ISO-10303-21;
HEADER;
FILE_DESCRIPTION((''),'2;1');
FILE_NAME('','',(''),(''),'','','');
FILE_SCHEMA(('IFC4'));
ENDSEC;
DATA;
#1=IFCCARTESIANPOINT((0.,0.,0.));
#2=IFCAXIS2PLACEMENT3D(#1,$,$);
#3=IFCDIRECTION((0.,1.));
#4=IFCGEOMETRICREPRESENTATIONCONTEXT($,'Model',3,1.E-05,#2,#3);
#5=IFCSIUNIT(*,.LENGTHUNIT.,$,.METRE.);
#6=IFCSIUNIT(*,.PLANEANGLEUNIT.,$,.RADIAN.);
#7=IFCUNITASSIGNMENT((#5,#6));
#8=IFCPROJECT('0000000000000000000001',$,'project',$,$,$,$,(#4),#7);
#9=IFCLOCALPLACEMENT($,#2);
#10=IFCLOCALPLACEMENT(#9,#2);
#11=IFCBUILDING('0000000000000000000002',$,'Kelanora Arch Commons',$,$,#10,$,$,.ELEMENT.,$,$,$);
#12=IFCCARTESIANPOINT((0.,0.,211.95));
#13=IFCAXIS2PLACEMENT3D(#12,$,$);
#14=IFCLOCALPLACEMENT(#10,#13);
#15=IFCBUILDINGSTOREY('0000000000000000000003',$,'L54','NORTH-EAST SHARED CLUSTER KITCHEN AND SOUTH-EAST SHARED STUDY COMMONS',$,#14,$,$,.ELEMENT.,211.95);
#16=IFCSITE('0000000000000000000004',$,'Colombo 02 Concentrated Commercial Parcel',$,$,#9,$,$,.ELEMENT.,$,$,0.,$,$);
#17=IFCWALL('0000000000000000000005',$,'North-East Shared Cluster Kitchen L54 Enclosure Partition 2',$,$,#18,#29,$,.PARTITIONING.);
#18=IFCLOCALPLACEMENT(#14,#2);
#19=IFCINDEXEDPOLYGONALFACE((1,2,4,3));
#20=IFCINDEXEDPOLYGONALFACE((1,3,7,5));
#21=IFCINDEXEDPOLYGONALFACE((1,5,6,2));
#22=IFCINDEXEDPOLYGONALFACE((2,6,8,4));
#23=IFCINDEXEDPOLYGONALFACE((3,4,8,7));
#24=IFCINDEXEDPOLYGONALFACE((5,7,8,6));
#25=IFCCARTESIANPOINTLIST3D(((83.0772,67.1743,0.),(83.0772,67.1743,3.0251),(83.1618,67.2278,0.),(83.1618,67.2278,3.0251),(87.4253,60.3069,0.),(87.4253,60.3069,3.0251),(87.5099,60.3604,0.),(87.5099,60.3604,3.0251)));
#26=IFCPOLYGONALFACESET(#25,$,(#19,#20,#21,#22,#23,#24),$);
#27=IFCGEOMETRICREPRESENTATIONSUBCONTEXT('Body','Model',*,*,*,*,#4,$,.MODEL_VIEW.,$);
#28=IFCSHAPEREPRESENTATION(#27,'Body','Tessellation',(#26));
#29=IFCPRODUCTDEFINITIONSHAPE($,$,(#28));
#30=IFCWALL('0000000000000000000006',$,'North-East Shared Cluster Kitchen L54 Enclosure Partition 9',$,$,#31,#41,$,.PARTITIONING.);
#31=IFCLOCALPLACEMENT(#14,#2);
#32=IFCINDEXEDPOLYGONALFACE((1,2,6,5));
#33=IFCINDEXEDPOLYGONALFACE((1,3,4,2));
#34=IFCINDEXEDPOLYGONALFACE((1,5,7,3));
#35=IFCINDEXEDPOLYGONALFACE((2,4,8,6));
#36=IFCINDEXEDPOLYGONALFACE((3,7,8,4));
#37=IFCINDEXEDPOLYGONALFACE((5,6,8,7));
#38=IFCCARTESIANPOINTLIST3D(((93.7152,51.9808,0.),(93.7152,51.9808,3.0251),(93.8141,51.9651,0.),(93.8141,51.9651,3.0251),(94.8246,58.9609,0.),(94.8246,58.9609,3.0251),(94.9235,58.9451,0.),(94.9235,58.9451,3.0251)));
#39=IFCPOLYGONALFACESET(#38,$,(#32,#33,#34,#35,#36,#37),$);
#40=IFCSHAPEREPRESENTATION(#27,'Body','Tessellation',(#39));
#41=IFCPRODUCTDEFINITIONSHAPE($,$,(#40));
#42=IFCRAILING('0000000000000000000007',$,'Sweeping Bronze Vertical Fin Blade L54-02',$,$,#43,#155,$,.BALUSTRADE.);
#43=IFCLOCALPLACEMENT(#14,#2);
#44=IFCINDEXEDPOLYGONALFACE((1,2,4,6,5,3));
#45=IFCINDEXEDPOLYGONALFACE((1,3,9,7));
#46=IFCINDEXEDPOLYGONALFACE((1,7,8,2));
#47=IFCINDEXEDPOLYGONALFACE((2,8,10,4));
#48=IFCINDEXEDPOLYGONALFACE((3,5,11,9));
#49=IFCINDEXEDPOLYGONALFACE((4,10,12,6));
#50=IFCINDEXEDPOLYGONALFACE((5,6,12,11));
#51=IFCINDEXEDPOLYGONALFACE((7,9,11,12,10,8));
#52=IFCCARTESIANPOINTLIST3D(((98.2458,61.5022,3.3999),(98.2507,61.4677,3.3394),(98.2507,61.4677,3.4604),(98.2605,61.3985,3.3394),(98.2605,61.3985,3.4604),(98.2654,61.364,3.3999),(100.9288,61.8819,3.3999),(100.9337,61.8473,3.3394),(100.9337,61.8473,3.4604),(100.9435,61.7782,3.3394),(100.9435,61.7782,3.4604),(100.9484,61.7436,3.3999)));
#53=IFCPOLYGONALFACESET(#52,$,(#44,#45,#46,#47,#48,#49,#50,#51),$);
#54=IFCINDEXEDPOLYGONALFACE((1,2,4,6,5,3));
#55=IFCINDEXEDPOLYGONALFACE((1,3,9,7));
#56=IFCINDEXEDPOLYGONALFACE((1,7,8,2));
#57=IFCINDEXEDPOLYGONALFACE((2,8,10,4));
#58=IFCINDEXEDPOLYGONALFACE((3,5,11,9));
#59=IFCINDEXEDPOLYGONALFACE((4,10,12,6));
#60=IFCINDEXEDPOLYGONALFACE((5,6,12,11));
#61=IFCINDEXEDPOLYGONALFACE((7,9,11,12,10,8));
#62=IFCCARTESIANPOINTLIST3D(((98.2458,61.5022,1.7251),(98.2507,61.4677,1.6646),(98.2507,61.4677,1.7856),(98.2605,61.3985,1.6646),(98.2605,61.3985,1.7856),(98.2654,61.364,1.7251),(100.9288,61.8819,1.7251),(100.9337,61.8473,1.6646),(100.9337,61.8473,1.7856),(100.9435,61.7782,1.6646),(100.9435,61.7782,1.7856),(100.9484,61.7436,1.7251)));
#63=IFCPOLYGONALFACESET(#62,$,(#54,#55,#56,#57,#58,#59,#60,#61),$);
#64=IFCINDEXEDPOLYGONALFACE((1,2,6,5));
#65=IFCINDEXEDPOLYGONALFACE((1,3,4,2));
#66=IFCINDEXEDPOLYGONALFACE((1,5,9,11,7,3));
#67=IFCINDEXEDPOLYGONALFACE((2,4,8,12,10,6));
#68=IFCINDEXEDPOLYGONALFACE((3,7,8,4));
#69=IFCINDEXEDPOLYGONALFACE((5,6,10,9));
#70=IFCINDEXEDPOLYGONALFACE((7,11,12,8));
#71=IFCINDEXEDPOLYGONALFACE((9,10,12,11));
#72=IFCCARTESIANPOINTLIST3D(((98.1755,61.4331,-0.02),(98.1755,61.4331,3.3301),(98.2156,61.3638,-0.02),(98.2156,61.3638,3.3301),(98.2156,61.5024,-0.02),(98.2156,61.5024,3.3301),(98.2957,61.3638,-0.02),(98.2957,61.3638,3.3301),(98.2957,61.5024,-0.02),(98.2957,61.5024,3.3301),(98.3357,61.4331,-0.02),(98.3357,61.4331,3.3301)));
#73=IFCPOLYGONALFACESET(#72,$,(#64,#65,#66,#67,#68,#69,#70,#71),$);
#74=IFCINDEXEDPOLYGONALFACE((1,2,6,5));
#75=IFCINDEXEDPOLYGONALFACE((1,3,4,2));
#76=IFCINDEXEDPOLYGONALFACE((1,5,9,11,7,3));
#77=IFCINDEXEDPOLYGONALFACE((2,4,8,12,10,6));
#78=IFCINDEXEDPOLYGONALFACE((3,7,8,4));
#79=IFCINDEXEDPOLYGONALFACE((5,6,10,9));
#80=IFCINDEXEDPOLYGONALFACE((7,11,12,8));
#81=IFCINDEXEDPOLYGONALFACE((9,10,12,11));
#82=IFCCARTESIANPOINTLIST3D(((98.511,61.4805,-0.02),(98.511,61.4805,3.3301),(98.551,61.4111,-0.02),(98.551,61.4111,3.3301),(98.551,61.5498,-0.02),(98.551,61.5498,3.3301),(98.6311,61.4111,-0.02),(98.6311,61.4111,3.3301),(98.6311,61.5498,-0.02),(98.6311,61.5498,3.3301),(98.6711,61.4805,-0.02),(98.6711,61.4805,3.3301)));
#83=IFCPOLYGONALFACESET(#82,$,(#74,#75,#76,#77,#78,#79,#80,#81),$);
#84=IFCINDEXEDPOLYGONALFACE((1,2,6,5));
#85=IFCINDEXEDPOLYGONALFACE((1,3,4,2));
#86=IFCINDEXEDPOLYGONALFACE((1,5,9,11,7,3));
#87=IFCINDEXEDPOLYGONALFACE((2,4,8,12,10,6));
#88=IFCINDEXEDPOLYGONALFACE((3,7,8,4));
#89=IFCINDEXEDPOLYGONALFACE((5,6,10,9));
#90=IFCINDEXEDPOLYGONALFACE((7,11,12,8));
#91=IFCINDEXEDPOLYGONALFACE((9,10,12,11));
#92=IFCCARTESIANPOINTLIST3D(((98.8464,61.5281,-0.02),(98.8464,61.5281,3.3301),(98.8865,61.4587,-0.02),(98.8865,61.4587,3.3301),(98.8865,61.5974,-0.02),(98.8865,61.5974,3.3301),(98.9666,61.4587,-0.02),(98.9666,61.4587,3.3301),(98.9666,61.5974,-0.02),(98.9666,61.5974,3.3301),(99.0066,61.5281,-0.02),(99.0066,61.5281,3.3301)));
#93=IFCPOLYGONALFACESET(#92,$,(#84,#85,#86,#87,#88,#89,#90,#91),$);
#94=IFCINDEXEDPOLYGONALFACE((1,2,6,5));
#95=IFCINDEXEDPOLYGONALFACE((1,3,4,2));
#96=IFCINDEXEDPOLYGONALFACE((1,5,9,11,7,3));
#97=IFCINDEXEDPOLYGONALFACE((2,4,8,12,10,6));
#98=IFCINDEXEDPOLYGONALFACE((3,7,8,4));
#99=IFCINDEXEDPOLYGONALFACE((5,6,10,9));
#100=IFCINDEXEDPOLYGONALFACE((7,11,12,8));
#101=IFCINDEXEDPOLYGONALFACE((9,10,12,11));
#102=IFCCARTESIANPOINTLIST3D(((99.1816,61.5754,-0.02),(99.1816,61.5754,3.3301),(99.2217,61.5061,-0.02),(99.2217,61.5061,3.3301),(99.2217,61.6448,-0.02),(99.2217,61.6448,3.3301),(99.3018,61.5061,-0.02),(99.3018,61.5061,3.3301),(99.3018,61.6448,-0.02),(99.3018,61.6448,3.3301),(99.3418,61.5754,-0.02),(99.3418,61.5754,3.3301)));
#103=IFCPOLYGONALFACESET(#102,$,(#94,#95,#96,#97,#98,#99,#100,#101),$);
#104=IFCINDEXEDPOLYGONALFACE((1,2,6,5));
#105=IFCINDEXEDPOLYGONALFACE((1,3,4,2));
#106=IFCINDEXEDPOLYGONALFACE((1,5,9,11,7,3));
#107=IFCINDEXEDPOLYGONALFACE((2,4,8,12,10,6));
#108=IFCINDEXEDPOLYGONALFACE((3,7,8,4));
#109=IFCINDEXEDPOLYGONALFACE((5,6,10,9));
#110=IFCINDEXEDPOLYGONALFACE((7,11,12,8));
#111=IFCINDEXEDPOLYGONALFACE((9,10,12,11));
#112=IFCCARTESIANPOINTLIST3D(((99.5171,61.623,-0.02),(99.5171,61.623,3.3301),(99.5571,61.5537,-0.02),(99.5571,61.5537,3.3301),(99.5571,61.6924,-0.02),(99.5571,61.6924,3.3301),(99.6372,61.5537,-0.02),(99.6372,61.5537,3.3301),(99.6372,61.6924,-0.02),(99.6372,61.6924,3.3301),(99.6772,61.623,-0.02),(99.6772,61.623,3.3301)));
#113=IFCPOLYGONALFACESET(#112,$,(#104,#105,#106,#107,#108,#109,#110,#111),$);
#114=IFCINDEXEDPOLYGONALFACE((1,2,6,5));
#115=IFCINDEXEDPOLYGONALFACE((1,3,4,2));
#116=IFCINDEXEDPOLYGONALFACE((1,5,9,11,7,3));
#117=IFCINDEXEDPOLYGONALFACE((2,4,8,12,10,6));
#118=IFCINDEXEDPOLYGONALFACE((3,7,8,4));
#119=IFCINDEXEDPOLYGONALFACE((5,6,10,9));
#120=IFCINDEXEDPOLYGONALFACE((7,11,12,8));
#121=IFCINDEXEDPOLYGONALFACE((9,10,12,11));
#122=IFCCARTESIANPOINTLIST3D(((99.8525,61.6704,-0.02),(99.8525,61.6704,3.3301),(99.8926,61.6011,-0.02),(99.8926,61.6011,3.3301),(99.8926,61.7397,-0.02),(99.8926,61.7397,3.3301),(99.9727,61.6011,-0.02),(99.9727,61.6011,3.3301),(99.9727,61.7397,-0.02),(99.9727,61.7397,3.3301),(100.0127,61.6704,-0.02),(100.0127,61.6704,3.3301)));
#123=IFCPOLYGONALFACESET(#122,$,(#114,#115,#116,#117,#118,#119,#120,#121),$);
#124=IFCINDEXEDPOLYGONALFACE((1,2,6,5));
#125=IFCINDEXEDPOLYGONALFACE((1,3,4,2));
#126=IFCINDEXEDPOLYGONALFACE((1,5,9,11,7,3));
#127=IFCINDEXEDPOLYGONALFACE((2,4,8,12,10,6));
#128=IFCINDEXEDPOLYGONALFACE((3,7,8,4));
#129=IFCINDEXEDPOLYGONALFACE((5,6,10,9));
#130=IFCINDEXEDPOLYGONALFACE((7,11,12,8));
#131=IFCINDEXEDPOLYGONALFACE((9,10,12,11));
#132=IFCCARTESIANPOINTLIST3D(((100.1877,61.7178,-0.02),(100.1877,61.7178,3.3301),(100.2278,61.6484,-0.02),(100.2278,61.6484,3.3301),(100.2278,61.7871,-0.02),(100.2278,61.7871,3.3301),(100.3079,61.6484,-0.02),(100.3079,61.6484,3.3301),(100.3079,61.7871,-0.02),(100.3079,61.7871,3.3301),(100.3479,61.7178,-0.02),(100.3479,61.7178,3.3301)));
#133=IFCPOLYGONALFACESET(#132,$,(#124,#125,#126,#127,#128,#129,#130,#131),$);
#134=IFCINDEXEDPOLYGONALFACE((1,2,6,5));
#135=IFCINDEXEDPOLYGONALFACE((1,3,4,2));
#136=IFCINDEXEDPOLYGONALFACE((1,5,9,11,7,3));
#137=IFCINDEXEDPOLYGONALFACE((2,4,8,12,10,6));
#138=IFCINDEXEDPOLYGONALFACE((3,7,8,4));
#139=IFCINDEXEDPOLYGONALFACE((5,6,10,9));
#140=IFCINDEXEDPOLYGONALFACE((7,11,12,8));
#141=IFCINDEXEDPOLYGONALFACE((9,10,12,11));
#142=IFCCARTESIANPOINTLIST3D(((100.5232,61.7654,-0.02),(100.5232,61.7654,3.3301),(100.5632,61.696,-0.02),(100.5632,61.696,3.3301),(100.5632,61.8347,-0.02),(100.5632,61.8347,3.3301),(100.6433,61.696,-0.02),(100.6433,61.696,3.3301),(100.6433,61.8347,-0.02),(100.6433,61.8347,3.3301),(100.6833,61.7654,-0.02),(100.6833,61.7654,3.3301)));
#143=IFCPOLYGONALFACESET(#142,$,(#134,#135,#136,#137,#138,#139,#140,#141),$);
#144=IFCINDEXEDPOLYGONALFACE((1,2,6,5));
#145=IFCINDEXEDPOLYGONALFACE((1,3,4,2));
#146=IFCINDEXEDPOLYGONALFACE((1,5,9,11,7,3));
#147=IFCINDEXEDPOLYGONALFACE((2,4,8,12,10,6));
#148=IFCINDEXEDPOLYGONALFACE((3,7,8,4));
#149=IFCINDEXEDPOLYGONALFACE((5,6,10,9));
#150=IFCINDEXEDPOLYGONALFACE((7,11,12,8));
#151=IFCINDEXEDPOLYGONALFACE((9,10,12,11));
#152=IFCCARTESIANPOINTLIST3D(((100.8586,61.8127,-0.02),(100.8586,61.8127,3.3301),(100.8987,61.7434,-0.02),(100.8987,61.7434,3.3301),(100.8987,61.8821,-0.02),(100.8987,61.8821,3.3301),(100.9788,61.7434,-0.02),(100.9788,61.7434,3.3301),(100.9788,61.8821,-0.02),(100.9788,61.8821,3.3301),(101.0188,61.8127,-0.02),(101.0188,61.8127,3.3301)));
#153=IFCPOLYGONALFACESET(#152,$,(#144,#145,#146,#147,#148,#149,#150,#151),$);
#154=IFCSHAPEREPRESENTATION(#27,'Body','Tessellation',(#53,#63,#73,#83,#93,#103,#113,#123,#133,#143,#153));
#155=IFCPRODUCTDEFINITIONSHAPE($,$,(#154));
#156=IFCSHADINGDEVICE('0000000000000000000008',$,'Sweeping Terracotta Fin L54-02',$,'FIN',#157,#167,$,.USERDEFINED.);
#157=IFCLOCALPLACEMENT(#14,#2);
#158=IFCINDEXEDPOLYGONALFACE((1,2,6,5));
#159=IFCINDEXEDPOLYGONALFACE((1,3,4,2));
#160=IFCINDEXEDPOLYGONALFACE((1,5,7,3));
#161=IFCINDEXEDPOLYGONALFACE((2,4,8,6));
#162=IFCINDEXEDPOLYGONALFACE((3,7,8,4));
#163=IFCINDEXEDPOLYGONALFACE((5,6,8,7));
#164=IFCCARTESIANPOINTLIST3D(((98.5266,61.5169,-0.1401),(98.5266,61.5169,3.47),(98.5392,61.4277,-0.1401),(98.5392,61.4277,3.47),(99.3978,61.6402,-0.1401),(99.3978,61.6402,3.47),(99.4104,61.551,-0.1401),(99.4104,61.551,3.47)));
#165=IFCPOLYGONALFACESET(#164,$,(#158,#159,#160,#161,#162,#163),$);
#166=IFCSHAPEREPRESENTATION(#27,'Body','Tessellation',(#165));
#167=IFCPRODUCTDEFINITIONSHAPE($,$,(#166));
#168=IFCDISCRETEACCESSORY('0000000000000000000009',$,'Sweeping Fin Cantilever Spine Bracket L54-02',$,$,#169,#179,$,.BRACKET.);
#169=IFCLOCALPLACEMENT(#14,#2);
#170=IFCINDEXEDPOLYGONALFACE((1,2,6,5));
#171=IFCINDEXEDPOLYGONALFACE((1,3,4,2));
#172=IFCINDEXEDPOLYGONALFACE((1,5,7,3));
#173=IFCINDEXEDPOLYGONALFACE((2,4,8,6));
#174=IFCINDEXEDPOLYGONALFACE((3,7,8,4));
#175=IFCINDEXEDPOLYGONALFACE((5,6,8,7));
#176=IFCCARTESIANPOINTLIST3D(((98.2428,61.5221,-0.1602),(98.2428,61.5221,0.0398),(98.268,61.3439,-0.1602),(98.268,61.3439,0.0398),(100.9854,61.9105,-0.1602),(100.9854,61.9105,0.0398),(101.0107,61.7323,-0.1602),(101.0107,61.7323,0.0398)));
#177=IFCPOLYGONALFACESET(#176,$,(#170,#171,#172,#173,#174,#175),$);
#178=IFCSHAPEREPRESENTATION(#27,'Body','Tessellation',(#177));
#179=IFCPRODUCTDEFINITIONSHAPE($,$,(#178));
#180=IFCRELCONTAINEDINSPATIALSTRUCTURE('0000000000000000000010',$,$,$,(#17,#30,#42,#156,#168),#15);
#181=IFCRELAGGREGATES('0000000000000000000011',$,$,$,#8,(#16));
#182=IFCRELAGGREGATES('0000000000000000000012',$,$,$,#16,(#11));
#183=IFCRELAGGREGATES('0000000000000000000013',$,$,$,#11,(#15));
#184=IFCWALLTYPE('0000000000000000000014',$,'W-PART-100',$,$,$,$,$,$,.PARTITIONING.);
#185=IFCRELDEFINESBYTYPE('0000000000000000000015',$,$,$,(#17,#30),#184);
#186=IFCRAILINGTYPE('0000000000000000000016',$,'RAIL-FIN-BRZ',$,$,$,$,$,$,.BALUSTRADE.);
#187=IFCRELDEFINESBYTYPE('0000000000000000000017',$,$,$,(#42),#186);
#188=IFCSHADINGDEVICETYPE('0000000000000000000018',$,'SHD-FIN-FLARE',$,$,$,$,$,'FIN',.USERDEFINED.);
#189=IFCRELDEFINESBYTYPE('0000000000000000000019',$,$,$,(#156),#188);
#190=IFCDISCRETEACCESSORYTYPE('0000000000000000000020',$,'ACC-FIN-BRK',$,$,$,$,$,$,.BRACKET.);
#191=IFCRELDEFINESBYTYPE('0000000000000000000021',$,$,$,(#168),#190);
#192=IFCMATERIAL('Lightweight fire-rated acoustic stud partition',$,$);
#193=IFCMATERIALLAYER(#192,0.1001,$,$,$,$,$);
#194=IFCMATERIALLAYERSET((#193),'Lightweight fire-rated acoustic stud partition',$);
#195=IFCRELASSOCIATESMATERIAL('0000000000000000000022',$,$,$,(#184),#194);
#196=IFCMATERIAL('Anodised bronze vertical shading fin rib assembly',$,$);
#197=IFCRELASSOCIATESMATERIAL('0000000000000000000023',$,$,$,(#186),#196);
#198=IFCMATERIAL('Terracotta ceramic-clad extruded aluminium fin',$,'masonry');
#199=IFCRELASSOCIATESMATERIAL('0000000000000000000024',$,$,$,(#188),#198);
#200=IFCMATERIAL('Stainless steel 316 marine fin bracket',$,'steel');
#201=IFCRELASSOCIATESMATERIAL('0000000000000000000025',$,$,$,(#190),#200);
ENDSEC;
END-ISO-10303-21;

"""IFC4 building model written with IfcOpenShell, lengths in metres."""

from ifc_helpers import new_model, si_unit, direction, frame, frame_2d, origin, origin_2d, place, context, subcontext, project, spatial, polyline, rectangle, outline, extrude, source, transform, mapped, material, layer, layer_set, type_object, element, save


model = new_model("IFC4")

# Units and contexts
model_context = context("Model", 3, precision=1e-05, world=origin(), true_north=direction((0.0, 1.0)))
body_context = subcontext(model_context, "Body", "Model", "MODEL_VIEW")
ifc_project = project(units=[si_unit("LENGTHUNIT", "METRE"), si_unit("PLANEANGLEUNIT", "RADIAN")], contexts=[model_context])

# Site, building, storey
site_placement = place(None, origin())
site = spatial("IfcSite", under=ifc_project, at=site_placement, Name="Colombo 02 Concentrated Commercial Parcel", CompositionType="ELEMENT", RefElevation=0.0)
building_placement = place(site_placement, origin())
building = spatial("IfcBuilding", under=site, at=building_placement, Name="Kelanora Arch Commons", CompositionType="ELEMENT")
storey_placement = place(building_placement, frame((0.0, 0.0, 211.95)))
storey = spatial("IfcBuildingStorey", under=building, at=storey_placement, Name="L54", Description="NORTH-EAST SHARED CLUSTER KITCHEN AND SOUTH-EAST SHARED STUDY COMMONS", CompositionType="ELEMENT", Elevation=211.95)

# Walls
ifc_material_1 = material(Name="Lightweight fire-rated acoustic stud partition")
ifc_layer_1 = layer(ifc_material_1, 0.1001)
ifc_layer_set_1 = layer_set([ifc_layer_1], Name="Lightweight fire-rated acoustic stud partition")
wall_type = type_object("IfcWallType", Name="W-PART-100", PredefinedType="PARTITIONING", material=ifc_layer_set_1)
wall_1_placement = place(storey_placement, frame((87.4675, 60.3337, 0.0), z_axis=(0.0, 0.0, 1.0), x_axis=(-0.534944, 0.844887, 0.0)))
element("IfcWall", 1, at=wall_1_placement, inside=storey, type_object=wall_type, Name="North-East Shared Cluster Kitchen L54 Enclosure Partition 2", PredefinedType="PARTITIONING", context=body_context, shape_type="SweptSolid", body=[
    extrude(rectangle(XDim=8.1282, YDim=0.1001, at=frame_2d((4.064, 0.0))), origin(), (0.0, 0.0, 1.0), 3.0251),
])
wall_2_placement = place(storey_placement, frame((94.874, 58.9529, 0.0), z_axis=(0.0, 0.0, 1.0), x_axis=(-0.156967, -0.987604, 0.0)))
element("IfcWall", 2, at=wall_2_placement, inside=storey, type_object=wall_type, Name="North-East Shared Cluster Kitchen L54 Enclosure Partition 9", PredefinedType="PARTITIONING", context=body_context, shape_type="SweptSolid", body=[
    extrude(rectangle(XDim=7.0676, YDim=0.1001, at=frame_2d((3.5337, 0.0))), origin(), (0.0, 0.0, 1.0), 3.0251),
])

# Railing
ifc_material_2 = material(Name="Anodised bronze vertical shading fin rib assembly")
railing_type_1 = type_object("IfcRailingType", Name="RAIL-FIN-BRZ", PredefinedType="BALUSTRADE", material=ifc_material_2)
railing_1_placement = place(storey_placement, frame((98.2556, 61.4331, -0.02)))
element("IfcRailing", 3, at=railing_1_placement, inside=storey, type_object=railing_type_1, Name="Sweeping Bronze Vertical Fin Blade L54-02", PredefinedType="BALUSTRADE", context=body_context, shape_type="SweptSolid", body=[
    extrude(outline(polyline([(0.0698, 0.0), (0.0349, 0.0605), (-0.0349, 0.0605), (-0.0698, 0.0), (-0.0349, -0.0605), (0.0349, -0.0605), (0.0698, 0.0)])), frame((0.0, 0.0, 3.4199), z_axis=(0.990138, 0.140097, 0.0), x_axis=(-0.140097, 0.990138, 0.0)), (0.0, 0.0, 1.0), 2.7097),
    extrude(outline(polyline([(0.0698, 0.0), (0.0349, 0.0605), (-0.0349, 0.0605), (-0.0698, 0.0), (-0.0349, -0.0605), (0.0349, -0.0605), (0.0698, 0.0)])), frame((0.0, 0.0, 1.7451), z_axis=(0.990138, 0.140097, 0.0), x_axis=(-0.140097, 0.990138, 0.0)), (0.0, 0.0, 1.0), 2.7097),
    extrude(outline(polyline([(0.0801, 0.0), (0.04, 0.0693), (-0.04, 0.0693), (-0.0801, 0.0), (-0.04, -0.0693), (0.04, -0.0693), (0.0801, 0.0)])), origin(), (0.0, 0.0, 1.0), 3.3501),
    extrude(outline(polyline([(0.0801, 0.0), (0.04, 0.0693), (-0.04, 0.0693), (-0.0801, 0.0), (-0.04, -0.0693), (0.04, -0.0693), (0.0801, 0.0)])), frame((0.3354, 0.0474, 0.0)), (0.0, 0.0, 1.0), 3.3501),
    extrude(outline(polyline([(0.0801, 0.0), (0.04, 0.0693), (-0.04, 0.0693), (-0.0801, 0.0), (-0.04, -0.0693), (0.04, -0.0693), (0.0801, 0.0)])), frame((0.6709, 0.095, 0.0)), (0.0, 0.0, 1.0), 3.3501),
    extrude(outline(polyline([(0.0801, 0.0), (0.04, 0.0693), (-0.04, 0.0693), (-0.0801, 0.0), (-0.04, -0.0693), (0.04, -0.0693), (0.0801, 0.0)])), frame((1.0061, 0.1423, 0.0)), (0.0, 0.0, 1.0), 3.3501),
    extrude(outline(polyline([(0.0801, 0.0), (0.04, 0.0693), (-0.04, 0.0693), (-0.0801, 0.0), (-0.04, -0.0693), (0.04, -0.0693), (0.0801, 0.0)])), frame((1.3416, 0.1899, 0.0)), (0.0, 0.0, 1.0), 3.3501),
    extrude(outline(polyline([(0.0801, 0.0), (0.04, 0.0693), (-0.04, 0.0693), (-0.0801, 0.0), (-0.04, -0.0693), (0.04, -0.0693), (0.0801, 0.0)])), frame((1.677, 0.2373, 0.0)), (0.0, 0.0, 1.0), 3.3501),
    extrude(outline(polyline([(0.0801, 0.0), (0.04, 0.0693), (-0.04, 0.0693), (-0.0801, 0.0), (-0.04, -0.0693), (0.04, -0.0693), (0.0801, 0.0)])), frame((2.0122, 0.2847, 0.0)), (0.0, 0.0, 1.0), 3.3501),
    extrude(outline(polyline([(0.0801, 0.0), (0.04, 0.0693), (-0.04, 0.0693), (-0.0801, 0.0), (-0.04, -0.0693), (0.04, -0.0693), (0.0801, 0.0)])), frame((2.3477, 0.3323, 0.0)), (0.0, 0.0, 1.0), 3.3501),
    extrude(outline(polyline([(0.0801, 0.0), (0.04, 0.0693), (-0.04, 0.0693), (-0.0801, 0.0), (-0.04, -0.0693), (0.04, -0.0693), (0.0801, 0.0)])), frame((2.6831, 0.3796, 0.0)), (0.0, 0.0, 1.0), 3.3501),
])

# Shading device
ifc_material_3 = material(Name="Terracotta ceramic-clad extruded aluminium fin", Category="masonry")
shading_device_type = type_object("IfcShadingDeviceType", Name="SHD-FIN-FLARE", ElementType="FIN", PredefinedType="USERDEFINED", material=ifc_material_3)
shared_shape_1 = source(origin(), body_context, "Body", "SweptSolid", [
    extrude(rectangle(XDim=0.8799, YDim=0.0901, at=origin_2d()), origin(), (0.0, 0.0, 1.0), 3.6101),
])
shading_device_placement = place(storey_placement, frame((98.9685, 61.5339, -0.1401), z_axis=(0.0, 0.0, 1.0), x_axis=(0.990122, 0.14021, 0.0)))
element("IfcShadingDevice", 4, at=shading_device_placement, inside=storey, type_object=shading_device_type, Name="Sweeping Terracotta Fin L54-02", ObjectType="FIN", PredefinedType="USERDEFINED", context=body_context, shape_type="MappedRepresentation", body=[
    mapped(shared_shape_1, transform((0.0, 0.0, 0.0), scale=1.0)),
])

# Discrete accessory
ifc_material_4 = material(Name="Stainless steel 316 marine fin bracket", Category="steel")
discrete_accessory_type = type_object("IfcDiscreteAccessoryType", Name="ACC-FIN-BRK", PredefinedType="BRACKET", material=ifc_material_4)
shared_shape_2 = source(origin(), body_context, "Body", "SweptSolid", [
    extrude(rectangle(XDim=2.77, YDim=0.1799, at=origin_2d()), origin(), (0.0, 0.0, 1.0), 0.2),
])
discrete_accessory_placement = place(storey_placement, frame((99.6267, 61.6272, -0.1602), z_axis=(0.0, 0.0, 1.0), x_axis=(0.990122, 0.14021, 0.0)))
element("IfcDiscreteAccessory", 5, at=discrete_accessory_placement, inside=storey, type_object=discrete_accessory_type, Name="Sweeping Fin Cantilever Spine Bracket L54-02", PredefinedType="BRACKET", context=body_context, shape_type="MappedRepresentation", body=[
    mapped(shared_shape_2, transform((0.0, 0.0, 0.0), scale=1.0)),
])

save(model, "model.ifc")
